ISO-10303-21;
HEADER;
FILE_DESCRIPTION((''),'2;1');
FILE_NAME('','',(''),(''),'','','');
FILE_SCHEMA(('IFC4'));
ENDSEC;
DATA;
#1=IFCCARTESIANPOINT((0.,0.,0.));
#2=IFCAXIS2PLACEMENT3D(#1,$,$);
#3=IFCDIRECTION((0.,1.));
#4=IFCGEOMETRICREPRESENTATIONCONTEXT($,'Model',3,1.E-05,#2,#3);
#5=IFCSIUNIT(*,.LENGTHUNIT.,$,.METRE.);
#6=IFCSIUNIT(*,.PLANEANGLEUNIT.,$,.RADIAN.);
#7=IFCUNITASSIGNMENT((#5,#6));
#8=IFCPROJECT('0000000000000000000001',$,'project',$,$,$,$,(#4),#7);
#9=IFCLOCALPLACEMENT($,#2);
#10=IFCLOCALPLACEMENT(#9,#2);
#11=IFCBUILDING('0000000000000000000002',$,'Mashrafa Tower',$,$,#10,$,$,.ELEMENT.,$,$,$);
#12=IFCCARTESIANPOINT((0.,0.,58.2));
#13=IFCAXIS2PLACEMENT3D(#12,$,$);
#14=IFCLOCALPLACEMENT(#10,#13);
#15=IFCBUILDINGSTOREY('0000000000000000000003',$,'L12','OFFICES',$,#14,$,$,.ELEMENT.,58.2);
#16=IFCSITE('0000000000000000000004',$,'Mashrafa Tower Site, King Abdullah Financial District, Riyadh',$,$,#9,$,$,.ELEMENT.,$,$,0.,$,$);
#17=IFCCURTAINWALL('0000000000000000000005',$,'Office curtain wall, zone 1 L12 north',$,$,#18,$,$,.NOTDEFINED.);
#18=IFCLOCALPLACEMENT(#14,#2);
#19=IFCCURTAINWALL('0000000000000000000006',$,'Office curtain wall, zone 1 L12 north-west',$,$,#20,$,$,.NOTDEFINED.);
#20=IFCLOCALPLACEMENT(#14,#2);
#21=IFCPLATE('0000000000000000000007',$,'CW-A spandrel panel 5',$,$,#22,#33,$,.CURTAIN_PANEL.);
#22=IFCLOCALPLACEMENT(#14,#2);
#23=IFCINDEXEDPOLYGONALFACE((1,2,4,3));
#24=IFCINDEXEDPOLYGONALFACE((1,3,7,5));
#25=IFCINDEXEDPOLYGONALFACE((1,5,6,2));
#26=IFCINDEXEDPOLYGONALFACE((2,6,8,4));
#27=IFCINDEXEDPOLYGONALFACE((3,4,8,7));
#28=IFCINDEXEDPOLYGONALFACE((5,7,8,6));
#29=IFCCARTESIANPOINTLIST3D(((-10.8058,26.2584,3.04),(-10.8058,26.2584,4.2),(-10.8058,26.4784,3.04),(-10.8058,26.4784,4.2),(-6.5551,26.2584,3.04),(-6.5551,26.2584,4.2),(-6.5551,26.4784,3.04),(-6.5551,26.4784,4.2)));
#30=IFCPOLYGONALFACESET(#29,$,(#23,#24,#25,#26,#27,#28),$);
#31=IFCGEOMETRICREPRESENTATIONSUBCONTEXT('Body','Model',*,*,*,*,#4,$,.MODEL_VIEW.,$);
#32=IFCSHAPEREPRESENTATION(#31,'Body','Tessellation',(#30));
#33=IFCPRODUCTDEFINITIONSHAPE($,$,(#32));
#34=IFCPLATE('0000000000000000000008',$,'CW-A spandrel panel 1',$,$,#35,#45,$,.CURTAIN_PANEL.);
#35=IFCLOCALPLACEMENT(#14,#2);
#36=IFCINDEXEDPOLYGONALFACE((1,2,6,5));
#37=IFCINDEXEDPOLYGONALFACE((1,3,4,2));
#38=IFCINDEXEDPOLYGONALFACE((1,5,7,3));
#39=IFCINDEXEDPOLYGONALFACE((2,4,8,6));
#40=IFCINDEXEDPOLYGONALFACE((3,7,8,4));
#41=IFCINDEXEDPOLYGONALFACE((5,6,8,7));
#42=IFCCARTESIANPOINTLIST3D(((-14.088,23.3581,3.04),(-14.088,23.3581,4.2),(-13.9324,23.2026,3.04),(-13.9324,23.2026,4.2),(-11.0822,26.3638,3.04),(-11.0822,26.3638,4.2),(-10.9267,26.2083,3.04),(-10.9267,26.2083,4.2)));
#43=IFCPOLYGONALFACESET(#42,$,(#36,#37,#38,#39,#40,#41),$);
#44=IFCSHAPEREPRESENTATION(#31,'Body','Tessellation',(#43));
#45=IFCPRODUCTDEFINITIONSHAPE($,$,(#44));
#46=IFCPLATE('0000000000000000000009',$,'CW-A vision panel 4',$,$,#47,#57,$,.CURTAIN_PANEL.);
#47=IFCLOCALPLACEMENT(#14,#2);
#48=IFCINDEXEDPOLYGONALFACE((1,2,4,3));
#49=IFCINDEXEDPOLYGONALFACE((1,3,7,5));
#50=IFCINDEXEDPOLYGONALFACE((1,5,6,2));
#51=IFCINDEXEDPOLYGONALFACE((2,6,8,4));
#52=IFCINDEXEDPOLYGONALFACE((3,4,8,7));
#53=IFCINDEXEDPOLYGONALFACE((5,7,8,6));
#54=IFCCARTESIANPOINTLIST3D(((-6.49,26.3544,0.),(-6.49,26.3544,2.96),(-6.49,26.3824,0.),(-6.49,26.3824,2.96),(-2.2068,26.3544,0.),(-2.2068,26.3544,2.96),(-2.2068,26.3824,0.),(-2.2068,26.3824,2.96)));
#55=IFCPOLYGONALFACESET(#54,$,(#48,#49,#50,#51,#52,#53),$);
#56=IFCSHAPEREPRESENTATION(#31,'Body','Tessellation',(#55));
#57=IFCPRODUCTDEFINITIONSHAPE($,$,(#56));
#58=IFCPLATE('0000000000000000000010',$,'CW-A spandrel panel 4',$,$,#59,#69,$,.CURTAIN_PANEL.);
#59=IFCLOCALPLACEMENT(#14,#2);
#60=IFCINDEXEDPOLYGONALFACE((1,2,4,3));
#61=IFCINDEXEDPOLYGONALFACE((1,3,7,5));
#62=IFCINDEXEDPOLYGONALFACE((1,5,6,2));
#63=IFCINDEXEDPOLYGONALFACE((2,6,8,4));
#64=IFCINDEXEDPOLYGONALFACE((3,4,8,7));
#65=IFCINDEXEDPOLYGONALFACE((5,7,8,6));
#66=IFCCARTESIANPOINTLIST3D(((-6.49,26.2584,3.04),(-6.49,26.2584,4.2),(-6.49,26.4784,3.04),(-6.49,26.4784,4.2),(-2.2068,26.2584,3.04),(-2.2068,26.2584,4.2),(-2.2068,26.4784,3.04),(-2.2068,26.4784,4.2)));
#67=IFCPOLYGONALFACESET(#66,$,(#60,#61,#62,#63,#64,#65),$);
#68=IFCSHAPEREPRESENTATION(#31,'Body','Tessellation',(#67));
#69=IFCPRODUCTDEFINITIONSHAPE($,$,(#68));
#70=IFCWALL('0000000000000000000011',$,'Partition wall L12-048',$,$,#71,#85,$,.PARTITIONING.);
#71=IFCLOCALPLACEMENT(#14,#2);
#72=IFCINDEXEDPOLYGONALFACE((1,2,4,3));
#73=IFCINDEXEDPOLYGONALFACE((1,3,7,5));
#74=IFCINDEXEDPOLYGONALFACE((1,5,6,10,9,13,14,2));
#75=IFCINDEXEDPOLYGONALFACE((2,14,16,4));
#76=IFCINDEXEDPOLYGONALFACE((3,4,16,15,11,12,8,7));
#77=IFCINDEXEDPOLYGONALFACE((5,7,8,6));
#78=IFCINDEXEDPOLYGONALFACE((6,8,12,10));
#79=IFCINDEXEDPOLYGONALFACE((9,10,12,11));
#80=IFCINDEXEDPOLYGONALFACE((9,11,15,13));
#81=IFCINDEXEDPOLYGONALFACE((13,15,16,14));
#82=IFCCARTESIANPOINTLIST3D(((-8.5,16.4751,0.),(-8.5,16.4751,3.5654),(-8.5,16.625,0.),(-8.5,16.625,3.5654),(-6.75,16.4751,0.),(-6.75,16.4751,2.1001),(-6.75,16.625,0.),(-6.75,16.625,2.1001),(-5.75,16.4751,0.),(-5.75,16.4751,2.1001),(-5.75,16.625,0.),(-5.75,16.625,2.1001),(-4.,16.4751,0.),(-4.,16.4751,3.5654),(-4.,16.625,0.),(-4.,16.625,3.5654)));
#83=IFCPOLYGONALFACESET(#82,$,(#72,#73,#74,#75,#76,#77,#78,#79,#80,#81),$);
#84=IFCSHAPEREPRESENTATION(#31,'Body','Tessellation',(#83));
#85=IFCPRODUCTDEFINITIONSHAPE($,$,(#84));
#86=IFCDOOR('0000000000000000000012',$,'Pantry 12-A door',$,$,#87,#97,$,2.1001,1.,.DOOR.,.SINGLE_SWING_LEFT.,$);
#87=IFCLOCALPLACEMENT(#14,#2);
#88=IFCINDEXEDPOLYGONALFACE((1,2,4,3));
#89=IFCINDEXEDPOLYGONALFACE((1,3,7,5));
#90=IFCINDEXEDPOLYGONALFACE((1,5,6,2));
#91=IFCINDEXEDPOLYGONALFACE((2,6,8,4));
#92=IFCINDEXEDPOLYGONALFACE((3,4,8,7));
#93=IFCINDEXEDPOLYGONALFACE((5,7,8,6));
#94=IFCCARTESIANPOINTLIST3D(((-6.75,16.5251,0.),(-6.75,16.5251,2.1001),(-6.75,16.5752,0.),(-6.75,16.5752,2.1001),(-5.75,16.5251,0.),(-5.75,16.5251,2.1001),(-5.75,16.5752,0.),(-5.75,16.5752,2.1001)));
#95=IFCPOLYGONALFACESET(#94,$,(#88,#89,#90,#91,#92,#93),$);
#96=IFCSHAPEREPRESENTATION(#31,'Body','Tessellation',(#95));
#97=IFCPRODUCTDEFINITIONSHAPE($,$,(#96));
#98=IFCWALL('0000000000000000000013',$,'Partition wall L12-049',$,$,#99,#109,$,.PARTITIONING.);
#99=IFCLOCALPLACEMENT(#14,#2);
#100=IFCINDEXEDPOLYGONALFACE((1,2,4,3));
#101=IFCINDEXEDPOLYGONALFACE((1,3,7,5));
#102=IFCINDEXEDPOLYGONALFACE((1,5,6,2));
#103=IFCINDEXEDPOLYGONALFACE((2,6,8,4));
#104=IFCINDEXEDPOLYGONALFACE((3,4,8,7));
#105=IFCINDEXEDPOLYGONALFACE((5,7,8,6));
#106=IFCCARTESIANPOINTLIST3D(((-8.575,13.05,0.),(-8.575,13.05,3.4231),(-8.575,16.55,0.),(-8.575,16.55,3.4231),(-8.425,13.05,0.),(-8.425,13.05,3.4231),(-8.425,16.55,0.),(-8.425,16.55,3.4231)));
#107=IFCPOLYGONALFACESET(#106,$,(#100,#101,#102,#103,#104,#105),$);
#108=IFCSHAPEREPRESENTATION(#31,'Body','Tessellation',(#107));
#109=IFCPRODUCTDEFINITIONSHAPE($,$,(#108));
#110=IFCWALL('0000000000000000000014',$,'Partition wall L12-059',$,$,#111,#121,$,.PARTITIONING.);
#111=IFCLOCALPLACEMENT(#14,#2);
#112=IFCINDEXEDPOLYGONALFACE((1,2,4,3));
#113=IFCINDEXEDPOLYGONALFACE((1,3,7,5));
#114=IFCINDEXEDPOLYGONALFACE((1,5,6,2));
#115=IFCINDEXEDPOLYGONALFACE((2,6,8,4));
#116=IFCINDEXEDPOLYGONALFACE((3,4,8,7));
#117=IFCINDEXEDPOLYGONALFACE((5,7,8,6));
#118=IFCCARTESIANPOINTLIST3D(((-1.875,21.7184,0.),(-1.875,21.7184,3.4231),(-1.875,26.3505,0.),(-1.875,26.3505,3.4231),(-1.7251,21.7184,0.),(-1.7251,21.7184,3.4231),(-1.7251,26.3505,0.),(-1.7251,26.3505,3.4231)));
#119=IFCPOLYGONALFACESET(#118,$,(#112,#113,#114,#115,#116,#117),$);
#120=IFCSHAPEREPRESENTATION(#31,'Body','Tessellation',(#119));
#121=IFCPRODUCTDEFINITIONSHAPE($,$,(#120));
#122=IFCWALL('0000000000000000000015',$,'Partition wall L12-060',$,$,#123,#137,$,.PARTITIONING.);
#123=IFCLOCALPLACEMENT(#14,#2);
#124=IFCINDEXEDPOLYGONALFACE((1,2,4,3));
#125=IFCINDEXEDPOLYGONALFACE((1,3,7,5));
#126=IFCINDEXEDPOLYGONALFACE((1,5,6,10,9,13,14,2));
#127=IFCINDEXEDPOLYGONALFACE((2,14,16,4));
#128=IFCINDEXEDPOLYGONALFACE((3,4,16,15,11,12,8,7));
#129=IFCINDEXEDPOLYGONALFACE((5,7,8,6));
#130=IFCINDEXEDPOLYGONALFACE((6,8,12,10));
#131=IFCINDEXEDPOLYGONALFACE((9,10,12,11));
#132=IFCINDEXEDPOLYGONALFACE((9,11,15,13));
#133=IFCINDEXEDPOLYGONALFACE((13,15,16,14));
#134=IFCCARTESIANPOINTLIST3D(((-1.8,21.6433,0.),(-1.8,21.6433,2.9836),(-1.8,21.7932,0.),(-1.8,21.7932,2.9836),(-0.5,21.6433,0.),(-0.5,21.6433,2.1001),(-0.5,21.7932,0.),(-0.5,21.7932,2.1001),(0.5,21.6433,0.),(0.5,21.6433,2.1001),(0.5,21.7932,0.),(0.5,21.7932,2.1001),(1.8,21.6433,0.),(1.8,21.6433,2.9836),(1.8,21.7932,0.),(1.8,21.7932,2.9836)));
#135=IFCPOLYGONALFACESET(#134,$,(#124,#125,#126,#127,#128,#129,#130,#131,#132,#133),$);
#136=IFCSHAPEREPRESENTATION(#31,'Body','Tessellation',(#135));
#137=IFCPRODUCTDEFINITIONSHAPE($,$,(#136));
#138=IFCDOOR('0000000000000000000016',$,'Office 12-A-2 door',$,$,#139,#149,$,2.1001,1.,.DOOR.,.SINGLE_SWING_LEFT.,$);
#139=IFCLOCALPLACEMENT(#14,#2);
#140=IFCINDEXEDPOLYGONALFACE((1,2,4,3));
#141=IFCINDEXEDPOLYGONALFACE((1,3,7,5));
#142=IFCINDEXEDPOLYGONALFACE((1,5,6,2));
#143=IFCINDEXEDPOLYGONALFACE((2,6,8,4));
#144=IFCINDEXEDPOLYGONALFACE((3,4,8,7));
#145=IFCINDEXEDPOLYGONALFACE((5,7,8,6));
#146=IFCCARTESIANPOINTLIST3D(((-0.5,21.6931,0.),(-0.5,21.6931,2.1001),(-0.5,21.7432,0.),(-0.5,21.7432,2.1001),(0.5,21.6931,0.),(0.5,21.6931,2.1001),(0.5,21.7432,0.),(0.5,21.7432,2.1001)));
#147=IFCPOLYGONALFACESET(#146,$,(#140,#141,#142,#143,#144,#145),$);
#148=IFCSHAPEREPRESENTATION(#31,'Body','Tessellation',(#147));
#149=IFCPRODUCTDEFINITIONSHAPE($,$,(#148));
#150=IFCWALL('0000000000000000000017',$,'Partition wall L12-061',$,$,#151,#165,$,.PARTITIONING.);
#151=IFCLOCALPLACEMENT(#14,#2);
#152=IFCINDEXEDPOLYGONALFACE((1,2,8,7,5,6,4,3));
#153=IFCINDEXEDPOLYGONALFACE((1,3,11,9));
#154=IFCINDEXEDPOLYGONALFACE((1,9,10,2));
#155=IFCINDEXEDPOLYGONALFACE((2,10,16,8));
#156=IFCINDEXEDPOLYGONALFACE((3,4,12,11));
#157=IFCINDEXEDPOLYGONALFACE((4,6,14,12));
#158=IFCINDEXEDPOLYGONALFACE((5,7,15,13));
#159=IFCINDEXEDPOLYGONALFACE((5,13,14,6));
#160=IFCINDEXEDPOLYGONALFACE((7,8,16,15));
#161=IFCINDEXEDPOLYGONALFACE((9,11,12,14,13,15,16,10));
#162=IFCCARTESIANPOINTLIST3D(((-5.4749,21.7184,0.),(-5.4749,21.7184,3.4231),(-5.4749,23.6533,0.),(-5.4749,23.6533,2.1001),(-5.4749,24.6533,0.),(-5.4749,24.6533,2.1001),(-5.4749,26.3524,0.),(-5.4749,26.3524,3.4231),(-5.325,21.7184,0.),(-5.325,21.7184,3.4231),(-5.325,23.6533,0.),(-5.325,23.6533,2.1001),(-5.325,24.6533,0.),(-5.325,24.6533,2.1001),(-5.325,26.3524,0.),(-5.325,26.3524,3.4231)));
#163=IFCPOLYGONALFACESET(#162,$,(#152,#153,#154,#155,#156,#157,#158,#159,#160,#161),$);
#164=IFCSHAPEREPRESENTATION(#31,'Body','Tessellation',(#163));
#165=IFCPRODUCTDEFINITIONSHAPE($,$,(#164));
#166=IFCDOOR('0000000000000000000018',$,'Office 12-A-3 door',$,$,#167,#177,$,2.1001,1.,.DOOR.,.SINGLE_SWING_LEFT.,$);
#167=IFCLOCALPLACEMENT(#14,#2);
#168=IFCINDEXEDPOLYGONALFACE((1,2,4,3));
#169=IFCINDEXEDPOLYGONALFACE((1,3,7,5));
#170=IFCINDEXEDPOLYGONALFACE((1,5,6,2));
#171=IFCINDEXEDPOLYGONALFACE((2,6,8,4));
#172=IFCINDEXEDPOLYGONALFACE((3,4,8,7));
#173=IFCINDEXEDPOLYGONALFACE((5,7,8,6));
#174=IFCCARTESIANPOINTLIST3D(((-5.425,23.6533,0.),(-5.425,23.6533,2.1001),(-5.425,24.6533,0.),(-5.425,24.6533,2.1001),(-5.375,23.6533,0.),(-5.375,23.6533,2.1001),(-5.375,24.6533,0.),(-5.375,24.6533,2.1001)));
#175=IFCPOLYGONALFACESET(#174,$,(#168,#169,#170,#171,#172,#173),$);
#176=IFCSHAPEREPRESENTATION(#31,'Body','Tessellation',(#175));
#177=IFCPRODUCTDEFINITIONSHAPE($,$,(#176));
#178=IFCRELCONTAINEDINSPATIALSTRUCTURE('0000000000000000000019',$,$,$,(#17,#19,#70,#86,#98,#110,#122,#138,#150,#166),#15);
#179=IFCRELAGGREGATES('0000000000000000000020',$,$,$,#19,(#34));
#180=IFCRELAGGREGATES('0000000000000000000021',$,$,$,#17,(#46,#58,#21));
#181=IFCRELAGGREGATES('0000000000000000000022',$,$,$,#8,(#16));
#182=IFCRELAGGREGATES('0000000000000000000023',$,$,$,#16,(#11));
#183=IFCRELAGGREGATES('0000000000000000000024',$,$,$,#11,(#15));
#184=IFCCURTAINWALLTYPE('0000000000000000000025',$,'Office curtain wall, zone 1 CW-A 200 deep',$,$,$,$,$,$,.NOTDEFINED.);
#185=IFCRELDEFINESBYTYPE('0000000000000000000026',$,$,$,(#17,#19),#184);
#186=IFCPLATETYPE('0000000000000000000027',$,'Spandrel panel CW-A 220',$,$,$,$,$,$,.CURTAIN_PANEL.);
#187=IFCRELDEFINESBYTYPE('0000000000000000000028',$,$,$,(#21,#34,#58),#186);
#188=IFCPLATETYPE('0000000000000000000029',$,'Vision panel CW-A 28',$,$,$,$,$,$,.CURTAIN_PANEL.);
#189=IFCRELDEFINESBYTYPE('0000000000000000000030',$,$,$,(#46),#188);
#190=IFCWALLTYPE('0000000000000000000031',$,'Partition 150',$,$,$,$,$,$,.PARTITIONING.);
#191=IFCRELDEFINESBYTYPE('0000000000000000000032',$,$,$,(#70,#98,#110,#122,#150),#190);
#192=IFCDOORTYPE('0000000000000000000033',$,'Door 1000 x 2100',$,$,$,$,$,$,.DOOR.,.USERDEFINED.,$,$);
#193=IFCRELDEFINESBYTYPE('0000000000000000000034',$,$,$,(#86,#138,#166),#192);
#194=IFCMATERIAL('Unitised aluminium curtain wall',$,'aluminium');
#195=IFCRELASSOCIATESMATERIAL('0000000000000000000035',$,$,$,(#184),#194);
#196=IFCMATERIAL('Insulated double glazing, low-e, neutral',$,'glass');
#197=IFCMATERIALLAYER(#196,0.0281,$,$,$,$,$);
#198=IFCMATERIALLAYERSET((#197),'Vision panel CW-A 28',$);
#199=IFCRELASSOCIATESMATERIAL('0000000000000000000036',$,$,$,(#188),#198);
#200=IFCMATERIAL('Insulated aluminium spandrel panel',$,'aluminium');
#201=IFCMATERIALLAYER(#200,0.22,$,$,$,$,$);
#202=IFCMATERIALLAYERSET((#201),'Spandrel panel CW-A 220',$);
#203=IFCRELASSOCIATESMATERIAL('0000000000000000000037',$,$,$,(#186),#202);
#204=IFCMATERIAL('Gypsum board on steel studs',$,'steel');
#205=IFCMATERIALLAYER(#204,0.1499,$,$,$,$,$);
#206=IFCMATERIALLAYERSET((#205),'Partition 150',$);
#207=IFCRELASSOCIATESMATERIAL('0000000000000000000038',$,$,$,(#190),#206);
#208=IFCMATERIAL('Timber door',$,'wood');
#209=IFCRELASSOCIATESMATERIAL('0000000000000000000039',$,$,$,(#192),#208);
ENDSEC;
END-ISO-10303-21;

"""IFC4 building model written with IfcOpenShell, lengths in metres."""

from ifc_helpers import new_model, si_unit, direction, frame, frame_2d, origin, origin_2d, place, context, subcontext, project, spatial, rectangle, extrude, source, transform, mapped, material, layer, layer_set, type_object, type_shapes, element, fill, aggregate, save


model = new_model("IFC4")

# Units and contexts
model_context = context("Model", 3, precision=1e-05, world=origin(), true_north=direction((0.0, 1.0)))
body_context = subcontext(model_context, "Body", "Model", "MODEL_VIEW")
ifc_project = project(units=[si_unit("LENGTHUNIT", "METRE"), si_unit("PLANEANGLEUNIT", "RADIAN")], contexts=[model_context])

# Site, building, storey
site_placement = place(None, origin())
site = spatial("IfcSite", under=ifc_project, at=site_placement, Name="Mashrafa Tower Site, King Abdullah Financial District, Riyadh", CompositionType="ELEMENT", RefElevation=0.0)
building_placement = place(site_placement, origin())
building = spatial("IfcBuilding", under=site, at=building_placement, Name="Mashrafa Tower", CompositionType="ELEMENT")
storey_placement = place(building_placement, frame((0.0, 0.0, 58.2)))
storey = spatial("IfcBuildingStorey", under=building, at=storey_placement, Name="L12", Description="OFFICES", CompositionType="ELEMENT", Elevation=58.2)

# Curtain walls
ifc_material_1 = material(Name="Unitised aluminium curtain wall", Category="aluminium")
curtain_wall_type = type_object("IfcCurtainWallType", Name="Office curtain wall, zone 1 CW-A 200 deep", PredefinedType="NOTDEFINED", material=ifc_material_1)
curtain_wall_1_placement = place(storey_placement, origin())
curtain_wall_1 = element("IfcCurtainWall", 1, at=curtain_wall_1_placement, inside=storey, type_object=curtain_wall_type, Name="Office curtain wall, zone 1 L12 north", PredefinedType="NOTDEFINED")
curtain_wall_2_placement = place(storey_placement, origin())
curtain_wall_2 = element("IfcCurtainWall", 2, at=curtain_wall_2_placement, inside=storey, type_object=curtain_wall_type, Name="Office curtain wall, zone 1 L12 north-west", PredefinedType="NOTDEFINED")

# Plates
ifc_material_2 = material(Name="Insulated double glazing, low-e, neutral", Category="glass")
ifc_layer_1 = layer(ifc_material_2, 0.0281)
ifc_layer_set_1 = layer_set([ifc_layer_1], Name="Vision panel CW-A 28")
plate_type_1 = type_object("IfcPlateType", Name="Vision panel CW-A 28", PredefinedType="CURTAIN_PANEL", material=ifc_layer_set_1)
ifc_material_3 = material(Name="Insulated aluminium spandrel panel", Category="aluminium")
ifc_layer_2 = layer(ifc_material_3, 0.22)
ifc_layer_set_2 = layer_set([ifc_layer_2], Name="Spandrel panel CW-A 220")
plate_type_2 = type_object("IfcPlateType", Name="Spandrel panel CW-A 220", PredefinedType="CURTAIN_PANEL", material=ifc_layer_set_2)
shared_shape_1 = source(origin(), body_context, "Body", "SweptSolid", [
    extrude(rectangle(XDim=4.2507, YDim=0.22, at=origin_2d()), origin(), (0.0, 0.0, 1.0), 1.1599),
])
plate_1_placement = place(storey_placement, frame((-8.6804, 26.3684, 3.04), z_axis=(0.0, 0.0, 1.0), x_axis=(-1.0, 0.0, 0.0)))
plate_1 = element("IfcPlate", 3, at=plate_1_placement, type_object=plate_type_2, Name="CW-A spandrel panel 5", PredefinedType="CURTAIN_PANEL", context=body_context, shape_type="MappedRepresentation", body=[
    mapped(shared_shape_1, transform((0.0, 0.0, 0.0))),
])
plate_2_placement = place(storey_placement, frame((-12.5073, 24.7832, 3.04), z_axis=(0.0, 0.0, 1.0), x_axis=(-0.707107, -0.707107, 0.0)))
plate_2 = element("IfcPlate", 4, at=plate_2_placement, type_object=plate_type_2, Name="CW-A spandrel panel 1", PredefinedType="CURTAIN_PANEL", context=body_context, shape_type="MappedRepresentation", body=[
    mapped(shared_shape_1, transform((0.0, 0.0, 0.0))),
])
aggregate(curtain_wall_2, [plate_2])
shared_shape_2 = source(origin(), body_context, "Body", "SweptSolid", [
    extrude(rectangle(XDim=4.2832, YDim=0.0281, at=origin_2d()), origin(), (0.0, 0.0, 1.0), 2.96),
])
plate_3_placement = place(storey_placement, frame((-4.3484, 26.3684, 0.0), z_axis=(0.0, 0.0, 1.0), x_axis=(-1.0, 0.0, 0.0)))
plate_3 = element("IfcPlate", 5, at=plate_3_placement, type_object=plate_type_1, Name="CW-A vision panel 4", PredefinedType="CURTAIN_PANEL", context=body_context, shape_type="MappedRepresentation", body=[
    mapped(shared_shape_2, transform((0.0, 0.0, 0.0))),
])
shared_shape_3 = source(origin(), body_context, "Body", "SweptSolid", [
    extrude(rectangle(XDim=4.2832, YDim=0.22, at=origin_2d()), origin(), (0.0, 0.0, 1.0), 1.1599),
])
type_shapes(plate_type_2, [shared_shape_1, shared_shape_3])
plate_4_placement = place(storey_placement, frame((-4.3484, 26.3684, 3.04), z_axis=(0.0, 0.0, 1.0), x_axis=(-1.0, 0.0, 0.0)))
plate_4 = element("IfcPlate", 6, at=plate_4_placement, type_object=plate_type_2, Name="CW-A spandrel panel 4", PredefinedType="CURTAIN_PANEL", context=body_context, shape_type="MappedRepresentation", body=[
    mapped(shared_shape_3, transform((0.0, 0.0, 0.0))),
])
aggregate(curtain_wall_1, [plate_3, plate_4, plate_1])

# Wall, opening, door
ifc_material_4 = material(Name="Gypsum board on steel studs", Category="steel")
ifc_layer_3 = layer(ifc_material_4, 0.1499)
ifc_layer_set_3 = layer_set([ifc_layer_3], Name="Partition 150")
wall_type = type_object("IfcWallType", Name="Partition 150", PredefinedType="PARTITIONING", material=ifc_layer_set_3)
wall_1_placement = place(storey_placement, frame((-4.0, 16.55, 0.0), z_axis=(0.0, 0.0, 1.0), x_axis=(-1.0, 0.0, 0.0)))
wall_1 = element("IfcWall", 7, at=wall_1_placement, inside=storey, type_object=wall_type, Name="Partition wall L12-048", PredefinedType="PARTITIONING", context=body_context, shape_type="SweptSolid", body=[
    extrude(rectangle(XDim=4.5, YDim=0.1499, at=frame_2d((2.25, 0.0))), origin(), (0.0, 0.0, 1.0), 3.5654),
])
opening_1_placement = place(wall_1_placement, frame((1.75, 0.0, 0.0)))
opening_1 = element("IfcOpeningElement", 8, at=opening_1_placement, cuts=wall_1, PredefinedType="OPENING", context=body_context, shape_type="SweptSolid", body=[
    extrude(rectangle(XDim=1.0, YDim=2.1001, at=frame_2d((0.5, 1.05))), frame((0.0, 0.085, 0.0), z_axis=(0.0, -1.0, 0.0), x_axis=(1.0, 0.0, 0.0)), (0.0, 0.0, 1.0), 0.1699),
])
ifc_material_5 = material(Name="Timber door", Category="wood")
door_type = type_object("IfcDoorType", Name="Door 1000 x 2100", OperationType="USERDEFINED", PredefinedType="DOOR", material=ifc_material_5)
door_1_placement = place(opening_1_placement, origin())
door_1 = element("IfcDoor", 9, at=door_1_placement, inside=storey, type_object=door_type, Name="Pantry 12-A door", OperationType="SINGLE_SWING_LEFT", OverallHeight=2.1001, OverallWidth=1.0, PredefinedType="DOOR", context=body_context, shape_type="SweptSolid", body=[
    extrude(rectangle(XDim=1.0, YDim=2.1001, at=frame_2d((0.5, 1.05))), frame((0.0, 0.0249, 0.0), z_axis=(0.0, -1.0, 0.0), x_axis=(1.0, 0.0, 0.0)), (0.0, 0.0, 1.0), 0.05),
])
fill(opening_1, door_1)

# Walls
wall_2_placement = place(storey_placement, frame((-8.5, 16.55, 0.0), z_axis=(0.0, 0.0, 1.0), x_axis=(0.0, -1.0, 0.0)))
element("IfcWall", 10, at=wall_2_placement, inside=storey, type_object=wall_type, Name="Partition wall L12-049", PredefinedType="PARTITIONING", context=body_context, shape_type="SweptSolid", body=[
    extrude(rectangle(XDim=3.5, YDim=0.1499, at=frame_2d((1.75, 0.0))), origin(), (0.0, 0.0, 1.0), 3.4231),
])
wall_3_placement = place(storey_placement, frame((-1.8, 26.3503, 0.0), z_axis=(0.0, 0.0, 1.0), x_axis=(0.0, -1.0, 0.0)))
element("IfcWall", 11, at=wall_3_placement, inside=storey, type_object=wall_type, Name="Partition wall L12-059", PredefinedType="PARTITIONING", context=body_context, shape_type="SweptSolid", body=[
    extrude(rectangle(XDim=4.6321, YDim=0.1499, at=frame_2d((2.3159, 0.0))), origin(), (0.0, 0.0, 1.0), 3.4231),
])

# Walls, openings, doors
wall_4_placement = place(storey_placement, frame((-1.8, 21.7183, 0.0), z_axis=(0.0, 0.0, 1.0), x_axis=(1.0, 0.0, 0.0)))
wall_4 = element("IfcWall", 12, at=wall_4_placement, inside=storey, type_object=wall_type, Name="Partition wall L12-060", PredefinedType="PARTITIONING", context=body_context, shape_type="SweptSolid", body=[
    extrude(rectangle(XDim=3.6001, YDim=0.1499, at=frame_2d((1.8, 0.0))), origin(), (0.0, 0.0, 1.0), 2.9836),
])
opening_2_placement = place(wall_4_placement, frame((1.3, 0.0, 0.0)))
opening_2 = element("IfcOpeningElement", 13, at=opening_2_placement, cuts=wall_4, PredefinedType="OPENING", context=body_context, shape_type="SweptSolid", body=[
    extrude(rectangle(XDim=1.0, YDim=2.1001, at=frame_2d((0.5, 1.05))), frame((0.0, 0.085, 0.0), z_axis=(0.0, -1.0, 0.0), x_axis=(1.0, 0.0, 0.0)), (0.0, 0.0, 1.0), 0.1699),
])
door_2_placement = place(opening_2_placement, origin())
door_2 = element("IfcDoor", 14, at=door_2_placement, inside=storey, type_object=door_type, Name="Office 12-A-2 door", OperationType="SINGLE_SWING_LEFT", OverallHeight=2.1001, OverallWidth=1.0, PredefinedType="DOOR", context=body_context, shape_type="SweptSolid", body=[
    extrude(rectangle(XDim=1.0, YDim=2.1001, at=frame_2d((0.5, 1.05))), frame((0.0, 0.0249, 0.0), z_axis=(0.0, -1.0, 0.0), x_axis=(1.0, 0.0, 0.0)), (0.0, 0.0, 1.0), 0.05),
])
fill(opening_2, door_2)
wall_5_placement = place(storey_placement, frame((-5.3999, 26.3523, 0.0), z_axis=(0.0, 0.0, 1.0), x_axis=(0.0, -1.0, 0.0)))
wall_5 = element("IfcWall", 15, at=wall_5_placement, inside=storey, type_object=wall_type, Name="Partition wall L12-061", PredefinedType="PARTITIONING", context=body_context, shape_type="SweptSolid", body=[
    extrude(rectangle(XDim=4.634, YDim=0.1499, at=frame_2d((2.3169, 0.0))), origin(), (0.0, 0.0, 1.0), 3.4231),
])
opening_3_placement = place(wall_5_placement, frame((1.699, 0.0, 0.0)))
opening_3 = element("IfcOpeningElement", 16, at=opening_3_placement, cuts=wall_5, PredefinedType="OPENING", context=body_context, shape_type="SweptSolid", body=[
    extrude(rectangle(XDim=1.0, YDim=2.1001, at=frame_2d((0.5, 1.05))), frame((0.0, 0.085, 0.0), z_axis=(0.0, -1.0, 0.0), x_axis=(1.0, 0.0, 0.0)), (0.0, 0.0, 1.0), 0.1699),
])
door_3_placement = place(opening_3_placement, origin())
door_3 = element("IfcDoor", 17, at=door_3_placement, inside=storey, type_object=door_type, Name="Office 12-A-3 door", OperationType="SINGLE_SWING_LEFT", OverallHeight=2.1001, OverallWidth=1.0, PredefinedType="DOOR", context=body_context, shape_type="SweptSolid", body=[
    extrude(rectangle(XDim=1.0, YDim=2.1001, at=frame_2d((0.5, 1.05))), frame((0.0, 0.0249, 0.0), z_axis=(0.0, -1.0, 0.0), x_axis=(1.0, 0.0, 0.0)), (0.0, 0.0, 1.0), 0.05),
])
fill(opening_3, door_3)

save(model, "model.ifc")
